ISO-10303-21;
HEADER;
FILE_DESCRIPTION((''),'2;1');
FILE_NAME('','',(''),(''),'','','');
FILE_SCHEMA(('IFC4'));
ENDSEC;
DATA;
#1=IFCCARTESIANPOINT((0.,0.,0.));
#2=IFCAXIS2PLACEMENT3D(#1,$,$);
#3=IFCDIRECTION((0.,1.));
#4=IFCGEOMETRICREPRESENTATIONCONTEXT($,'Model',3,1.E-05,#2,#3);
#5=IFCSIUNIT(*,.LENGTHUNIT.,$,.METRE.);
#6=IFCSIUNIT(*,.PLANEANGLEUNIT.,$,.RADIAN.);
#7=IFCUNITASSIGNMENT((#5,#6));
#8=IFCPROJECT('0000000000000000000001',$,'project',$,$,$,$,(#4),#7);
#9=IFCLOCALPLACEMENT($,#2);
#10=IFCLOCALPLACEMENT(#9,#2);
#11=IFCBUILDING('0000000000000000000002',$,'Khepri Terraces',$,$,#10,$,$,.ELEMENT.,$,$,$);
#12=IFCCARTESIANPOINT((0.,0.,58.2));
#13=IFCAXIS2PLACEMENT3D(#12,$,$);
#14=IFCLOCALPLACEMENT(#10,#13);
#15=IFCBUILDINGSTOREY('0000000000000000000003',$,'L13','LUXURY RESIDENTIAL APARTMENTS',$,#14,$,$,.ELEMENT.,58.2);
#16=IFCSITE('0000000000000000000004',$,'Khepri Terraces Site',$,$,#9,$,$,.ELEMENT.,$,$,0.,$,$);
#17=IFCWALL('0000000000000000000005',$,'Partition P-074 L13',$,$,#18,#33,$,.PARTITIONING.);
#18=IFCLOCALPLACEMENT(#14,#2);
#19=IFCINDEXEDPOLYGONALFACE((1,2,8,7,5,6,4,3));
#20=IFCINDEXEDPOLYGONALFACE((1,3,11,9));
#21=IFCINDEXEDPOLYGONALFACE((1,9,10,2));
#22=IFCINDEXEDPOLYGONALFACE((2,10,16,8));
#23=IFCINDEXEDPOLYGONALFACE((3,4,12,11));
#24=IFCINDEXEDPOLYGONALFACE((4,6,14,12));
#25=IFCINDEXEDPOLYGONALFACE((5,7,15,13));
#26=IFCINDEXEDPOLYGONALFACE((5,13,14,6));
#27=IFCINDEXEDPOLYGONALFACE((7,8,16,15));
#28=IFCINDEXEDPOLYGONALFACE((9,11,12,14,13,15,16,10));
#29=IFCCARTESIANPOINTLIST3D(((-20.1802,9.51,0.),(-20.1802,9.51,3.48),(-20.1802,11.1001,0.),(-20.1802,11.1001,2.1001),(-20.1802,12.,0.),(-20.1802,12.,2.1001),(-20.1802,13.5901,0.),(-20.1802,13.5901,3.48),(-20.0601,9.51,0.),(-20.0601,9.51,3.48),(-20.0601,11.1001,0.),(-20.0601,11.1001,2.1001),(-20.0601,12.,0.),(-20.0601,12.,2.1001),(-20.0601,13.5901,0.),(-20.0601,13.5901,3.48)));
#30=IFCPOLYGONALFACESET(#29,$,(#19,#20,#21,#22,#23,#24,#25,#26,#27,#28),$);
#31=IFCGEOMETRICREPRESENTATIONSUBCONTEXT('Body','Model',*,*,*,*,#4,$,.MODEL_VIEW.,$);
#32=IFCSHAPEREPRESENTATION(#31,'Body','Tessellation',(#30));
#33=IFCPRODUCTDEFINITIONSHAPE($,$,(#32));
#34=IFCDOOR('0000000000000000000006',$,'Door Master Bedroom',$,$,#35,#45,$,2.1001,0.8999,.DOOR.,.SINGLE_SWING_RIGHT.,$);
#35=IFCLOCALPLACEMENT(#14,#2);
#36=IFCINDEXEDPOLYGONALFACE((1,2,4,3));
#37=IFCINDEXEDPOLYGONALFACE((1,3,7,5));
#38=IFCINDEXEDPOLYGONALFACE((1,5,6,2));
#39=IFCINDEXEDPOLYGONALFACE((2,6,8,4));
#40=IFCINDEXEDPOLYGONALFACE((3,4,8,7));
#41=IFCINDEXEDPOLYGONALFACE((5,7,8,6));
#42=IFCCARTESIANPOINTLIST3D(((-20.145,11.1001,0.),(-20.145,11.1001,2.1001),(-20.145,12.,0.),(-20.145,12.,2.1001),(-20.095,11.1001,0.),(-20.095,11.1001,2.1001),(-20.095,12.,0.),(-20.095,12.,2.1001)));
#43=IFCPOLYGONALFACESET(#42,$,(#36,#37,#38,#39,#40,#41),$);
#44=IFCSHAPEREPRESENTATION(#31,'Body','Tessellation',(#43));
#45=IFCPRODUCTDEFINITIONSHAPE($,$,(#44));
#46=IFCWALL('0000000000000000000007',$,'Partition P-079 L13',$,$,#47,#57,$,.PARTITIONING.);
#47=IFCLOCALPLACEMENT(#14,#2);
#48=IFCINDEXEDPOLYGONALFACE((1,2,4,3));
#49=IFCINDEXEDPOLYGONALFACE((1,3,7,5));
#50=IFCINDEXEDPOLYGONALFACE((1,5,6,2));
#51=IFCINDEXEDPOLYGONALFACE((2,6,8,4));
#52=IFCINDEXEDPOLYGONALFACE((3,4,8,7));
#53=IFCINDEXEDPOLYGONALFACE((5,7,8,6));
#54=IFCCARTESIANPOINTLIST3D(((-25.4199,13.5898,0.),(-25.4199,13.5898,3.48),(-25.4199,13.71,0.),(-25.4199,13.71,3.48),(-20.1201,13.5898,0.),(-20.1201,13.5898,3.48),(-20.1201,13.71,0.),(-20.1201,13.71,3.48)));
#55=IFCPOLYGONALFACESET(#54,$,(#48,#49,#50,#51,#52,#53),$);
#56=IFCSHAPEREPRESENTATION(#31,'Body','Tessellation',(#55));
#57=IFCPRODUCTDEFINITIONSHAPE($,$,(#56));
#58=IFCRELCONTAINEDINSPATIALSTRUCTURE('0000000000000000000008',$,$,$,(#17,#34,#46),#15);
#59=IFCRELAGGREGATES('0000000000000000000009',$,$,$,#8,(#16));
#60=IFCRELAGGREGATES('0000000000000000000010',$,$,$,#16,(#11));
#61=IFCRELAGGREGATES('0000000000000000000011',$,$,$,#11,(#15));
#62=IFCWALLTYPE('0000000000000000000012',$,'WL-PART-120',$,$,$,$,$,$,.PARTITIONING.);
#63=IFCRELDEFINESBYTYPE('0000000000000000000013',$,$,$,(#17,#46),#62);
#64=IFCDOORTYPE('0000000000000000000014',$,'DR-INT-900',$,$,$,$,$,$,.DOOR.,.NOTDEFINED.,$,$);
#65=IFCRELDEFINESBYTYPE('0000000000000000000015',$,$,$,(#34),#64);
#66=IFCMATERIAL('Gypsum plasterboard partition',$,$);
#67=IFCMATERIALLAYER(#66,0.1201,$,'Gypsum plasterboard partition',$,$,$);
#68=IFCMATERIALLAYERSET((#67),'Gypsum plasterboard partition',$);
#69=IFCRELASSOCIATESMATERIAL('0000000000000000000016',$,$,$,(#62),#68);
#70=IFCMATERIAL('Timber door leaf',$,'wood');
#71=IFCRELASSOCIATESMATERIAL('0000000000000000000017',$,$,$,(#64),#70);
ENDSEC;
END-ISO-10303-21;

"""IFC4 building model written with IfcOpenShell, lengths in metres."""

from ifc_helpers import new_model, si_unit, direction, frame, frame_2d, origin, place, context, subcontext, project, spatial, rectangle, extrude, material, layer, layer_set, type_object, element, fill, save


model = new_model("IFC4")

# Units and contexts
model_context = context("Model", 3, precision=1e-05, world=origin(), true_north=direction((0.0, 1.0)))
body_context = subcontext(model_context, "Body", "Model", "MODEL_VIEW")
ifc_project = project(units=[si_unit("LENGTHUNIT", "METRE"), si_unit("PLANEANGLEUNIT", "RADIAN")], contexts=[model_context])

# Site, building, storey
site_placement = place(None, origin())
site = spatial("IfcSite", under=ifc_project, at=site_placement, Name="Khepri Terraces Site", CompositionType="ELEMENT", RefElevation=0.0)
building_placement = place(site_placement, origin())
building = spatial("IfcBuilding", under=site, at=building_placement, Name="Khepri Terraces", CompositionType="ELEMENT")
storey_placement = place(building_placement, frame((0.0, 0.0, 58.2)))
storey = spatial("IfcBuildingStorey", under=building, at=storey_placement, Name="L13", Description="LUXURY RESIDENTIAL APARTMENTS", CompositionType="ELEMENT", Elevation=58.2)

# Shared definitions
ifc_material_1 = material(Name="Gypsum plasterboard partition")
ifc_layer_1 = layer(ifc_material_1, 0.1201, Name="Gypsum plasterboard partition")
ifc_layer_set_1 = layer_set([ifc_layer_1], Name="Gypsum plasterboard partition")
wall_type_1 = type_object("IfcWallType", Name="WL-PART-120", PredefinedType="PARTITIONING", material=ifc_layer_set_1)
ifc_material_2 = material(Name="Timber door leaf", Category="wood")
door_type_1 = type_object("IfcDoorType", Name="DR-INT-900", OperationType="NOTDEFINED", PredefinedType="DOOR", material=ifc_material_2)

# Wall, opening, door
wall_1_placement = place(storey_placement, frame((-20.1201, 9.51, 0.0), z_axis=(0.0, 0.0, 1.0), x_axis=(0.0, 1.0, 0.0)))
wall_1 = element("IfcWall", 1, at=wall_1_placement, inside=storey, type_object=wall_type_1, Name="Partition P-074 L13", PredefinedType="PARTITIONING", context=body_context, shape_type="SweptSolid", body=[
    extrude(rectangle(XDim=4.0801, YDim=0.1201, at=frame_2d((2.04, 0.0))), origin(), (0.0, 0.0, 1.0), 3.48),
])
opening_1_placement = place(wall_1_placement, frame((1.5901, 0.0, 0.0)))
opening_1 = element("IfcOpeningElement", 2, at=opening_1_placement, cuts=wall_1, PredefinedType="OPENING", context=body_context, shape_type="SweptSolid", body=[
    extrude(rectangle(XDim=0.8999, YDim=2.1001, at=frame_2d((0.45, 1.05))), frame((0.0, 0.0701, 0.0), z_axis=(0.0, -1.0, 0.0), x_axis=(1.0, 0.0, 0.0)), (0.0, 0.0, 1.0), 0.1401),
])
door_1_placement = place(opening_1_placement, origin())
door_1 = element("IfcDoor", 3, at=door_1_placement, inside=storey, type_object=door_type_1, Name="Door Master Bedroom", OperationType="SINGLE_SWING_RIGHT", OverallHeight=2.1001, OverallWidth=0.8999, PredefinedType="DOOR", context=body_context, shape_type="SweptSolid", body=[
    extrude(rectangle(XDim=0.8999, YDim=2.1001, at=frame_2d((0.45, 1.05))), frame((0.0, 0.0249, 0.0), z_axis=(0.0, -1.0, 0.0), x_axis=(1.0, 0.0, 0.0)), (0.0, 0.0, 1.0), 0.05),
])
fill(opening_1, door_1)

# Wall
wall_2_placement = place(storey_placement, frame((-25.4199, 13.6499, 0.0), z_axis=(0.0, 0.0, 1.0), x_axis=(1.0, 0.0, 0.0)))
element("IfcWall", 4, at=wall_2_placement, inside=storey, type_object=wall_type_1, Name="Partition P-079 L13", PredefinedType="PARTITIONING", context=body_context, shape_type="SweptSolid", body=[
    extrude(rectangle(XDim=5.2998, YDim=0.1201, at=frame_2d((2.6499, 0.0))), origin(), (0.0, 0.0, 1.0), 3.48),
])

save(model, "model.ifc")
